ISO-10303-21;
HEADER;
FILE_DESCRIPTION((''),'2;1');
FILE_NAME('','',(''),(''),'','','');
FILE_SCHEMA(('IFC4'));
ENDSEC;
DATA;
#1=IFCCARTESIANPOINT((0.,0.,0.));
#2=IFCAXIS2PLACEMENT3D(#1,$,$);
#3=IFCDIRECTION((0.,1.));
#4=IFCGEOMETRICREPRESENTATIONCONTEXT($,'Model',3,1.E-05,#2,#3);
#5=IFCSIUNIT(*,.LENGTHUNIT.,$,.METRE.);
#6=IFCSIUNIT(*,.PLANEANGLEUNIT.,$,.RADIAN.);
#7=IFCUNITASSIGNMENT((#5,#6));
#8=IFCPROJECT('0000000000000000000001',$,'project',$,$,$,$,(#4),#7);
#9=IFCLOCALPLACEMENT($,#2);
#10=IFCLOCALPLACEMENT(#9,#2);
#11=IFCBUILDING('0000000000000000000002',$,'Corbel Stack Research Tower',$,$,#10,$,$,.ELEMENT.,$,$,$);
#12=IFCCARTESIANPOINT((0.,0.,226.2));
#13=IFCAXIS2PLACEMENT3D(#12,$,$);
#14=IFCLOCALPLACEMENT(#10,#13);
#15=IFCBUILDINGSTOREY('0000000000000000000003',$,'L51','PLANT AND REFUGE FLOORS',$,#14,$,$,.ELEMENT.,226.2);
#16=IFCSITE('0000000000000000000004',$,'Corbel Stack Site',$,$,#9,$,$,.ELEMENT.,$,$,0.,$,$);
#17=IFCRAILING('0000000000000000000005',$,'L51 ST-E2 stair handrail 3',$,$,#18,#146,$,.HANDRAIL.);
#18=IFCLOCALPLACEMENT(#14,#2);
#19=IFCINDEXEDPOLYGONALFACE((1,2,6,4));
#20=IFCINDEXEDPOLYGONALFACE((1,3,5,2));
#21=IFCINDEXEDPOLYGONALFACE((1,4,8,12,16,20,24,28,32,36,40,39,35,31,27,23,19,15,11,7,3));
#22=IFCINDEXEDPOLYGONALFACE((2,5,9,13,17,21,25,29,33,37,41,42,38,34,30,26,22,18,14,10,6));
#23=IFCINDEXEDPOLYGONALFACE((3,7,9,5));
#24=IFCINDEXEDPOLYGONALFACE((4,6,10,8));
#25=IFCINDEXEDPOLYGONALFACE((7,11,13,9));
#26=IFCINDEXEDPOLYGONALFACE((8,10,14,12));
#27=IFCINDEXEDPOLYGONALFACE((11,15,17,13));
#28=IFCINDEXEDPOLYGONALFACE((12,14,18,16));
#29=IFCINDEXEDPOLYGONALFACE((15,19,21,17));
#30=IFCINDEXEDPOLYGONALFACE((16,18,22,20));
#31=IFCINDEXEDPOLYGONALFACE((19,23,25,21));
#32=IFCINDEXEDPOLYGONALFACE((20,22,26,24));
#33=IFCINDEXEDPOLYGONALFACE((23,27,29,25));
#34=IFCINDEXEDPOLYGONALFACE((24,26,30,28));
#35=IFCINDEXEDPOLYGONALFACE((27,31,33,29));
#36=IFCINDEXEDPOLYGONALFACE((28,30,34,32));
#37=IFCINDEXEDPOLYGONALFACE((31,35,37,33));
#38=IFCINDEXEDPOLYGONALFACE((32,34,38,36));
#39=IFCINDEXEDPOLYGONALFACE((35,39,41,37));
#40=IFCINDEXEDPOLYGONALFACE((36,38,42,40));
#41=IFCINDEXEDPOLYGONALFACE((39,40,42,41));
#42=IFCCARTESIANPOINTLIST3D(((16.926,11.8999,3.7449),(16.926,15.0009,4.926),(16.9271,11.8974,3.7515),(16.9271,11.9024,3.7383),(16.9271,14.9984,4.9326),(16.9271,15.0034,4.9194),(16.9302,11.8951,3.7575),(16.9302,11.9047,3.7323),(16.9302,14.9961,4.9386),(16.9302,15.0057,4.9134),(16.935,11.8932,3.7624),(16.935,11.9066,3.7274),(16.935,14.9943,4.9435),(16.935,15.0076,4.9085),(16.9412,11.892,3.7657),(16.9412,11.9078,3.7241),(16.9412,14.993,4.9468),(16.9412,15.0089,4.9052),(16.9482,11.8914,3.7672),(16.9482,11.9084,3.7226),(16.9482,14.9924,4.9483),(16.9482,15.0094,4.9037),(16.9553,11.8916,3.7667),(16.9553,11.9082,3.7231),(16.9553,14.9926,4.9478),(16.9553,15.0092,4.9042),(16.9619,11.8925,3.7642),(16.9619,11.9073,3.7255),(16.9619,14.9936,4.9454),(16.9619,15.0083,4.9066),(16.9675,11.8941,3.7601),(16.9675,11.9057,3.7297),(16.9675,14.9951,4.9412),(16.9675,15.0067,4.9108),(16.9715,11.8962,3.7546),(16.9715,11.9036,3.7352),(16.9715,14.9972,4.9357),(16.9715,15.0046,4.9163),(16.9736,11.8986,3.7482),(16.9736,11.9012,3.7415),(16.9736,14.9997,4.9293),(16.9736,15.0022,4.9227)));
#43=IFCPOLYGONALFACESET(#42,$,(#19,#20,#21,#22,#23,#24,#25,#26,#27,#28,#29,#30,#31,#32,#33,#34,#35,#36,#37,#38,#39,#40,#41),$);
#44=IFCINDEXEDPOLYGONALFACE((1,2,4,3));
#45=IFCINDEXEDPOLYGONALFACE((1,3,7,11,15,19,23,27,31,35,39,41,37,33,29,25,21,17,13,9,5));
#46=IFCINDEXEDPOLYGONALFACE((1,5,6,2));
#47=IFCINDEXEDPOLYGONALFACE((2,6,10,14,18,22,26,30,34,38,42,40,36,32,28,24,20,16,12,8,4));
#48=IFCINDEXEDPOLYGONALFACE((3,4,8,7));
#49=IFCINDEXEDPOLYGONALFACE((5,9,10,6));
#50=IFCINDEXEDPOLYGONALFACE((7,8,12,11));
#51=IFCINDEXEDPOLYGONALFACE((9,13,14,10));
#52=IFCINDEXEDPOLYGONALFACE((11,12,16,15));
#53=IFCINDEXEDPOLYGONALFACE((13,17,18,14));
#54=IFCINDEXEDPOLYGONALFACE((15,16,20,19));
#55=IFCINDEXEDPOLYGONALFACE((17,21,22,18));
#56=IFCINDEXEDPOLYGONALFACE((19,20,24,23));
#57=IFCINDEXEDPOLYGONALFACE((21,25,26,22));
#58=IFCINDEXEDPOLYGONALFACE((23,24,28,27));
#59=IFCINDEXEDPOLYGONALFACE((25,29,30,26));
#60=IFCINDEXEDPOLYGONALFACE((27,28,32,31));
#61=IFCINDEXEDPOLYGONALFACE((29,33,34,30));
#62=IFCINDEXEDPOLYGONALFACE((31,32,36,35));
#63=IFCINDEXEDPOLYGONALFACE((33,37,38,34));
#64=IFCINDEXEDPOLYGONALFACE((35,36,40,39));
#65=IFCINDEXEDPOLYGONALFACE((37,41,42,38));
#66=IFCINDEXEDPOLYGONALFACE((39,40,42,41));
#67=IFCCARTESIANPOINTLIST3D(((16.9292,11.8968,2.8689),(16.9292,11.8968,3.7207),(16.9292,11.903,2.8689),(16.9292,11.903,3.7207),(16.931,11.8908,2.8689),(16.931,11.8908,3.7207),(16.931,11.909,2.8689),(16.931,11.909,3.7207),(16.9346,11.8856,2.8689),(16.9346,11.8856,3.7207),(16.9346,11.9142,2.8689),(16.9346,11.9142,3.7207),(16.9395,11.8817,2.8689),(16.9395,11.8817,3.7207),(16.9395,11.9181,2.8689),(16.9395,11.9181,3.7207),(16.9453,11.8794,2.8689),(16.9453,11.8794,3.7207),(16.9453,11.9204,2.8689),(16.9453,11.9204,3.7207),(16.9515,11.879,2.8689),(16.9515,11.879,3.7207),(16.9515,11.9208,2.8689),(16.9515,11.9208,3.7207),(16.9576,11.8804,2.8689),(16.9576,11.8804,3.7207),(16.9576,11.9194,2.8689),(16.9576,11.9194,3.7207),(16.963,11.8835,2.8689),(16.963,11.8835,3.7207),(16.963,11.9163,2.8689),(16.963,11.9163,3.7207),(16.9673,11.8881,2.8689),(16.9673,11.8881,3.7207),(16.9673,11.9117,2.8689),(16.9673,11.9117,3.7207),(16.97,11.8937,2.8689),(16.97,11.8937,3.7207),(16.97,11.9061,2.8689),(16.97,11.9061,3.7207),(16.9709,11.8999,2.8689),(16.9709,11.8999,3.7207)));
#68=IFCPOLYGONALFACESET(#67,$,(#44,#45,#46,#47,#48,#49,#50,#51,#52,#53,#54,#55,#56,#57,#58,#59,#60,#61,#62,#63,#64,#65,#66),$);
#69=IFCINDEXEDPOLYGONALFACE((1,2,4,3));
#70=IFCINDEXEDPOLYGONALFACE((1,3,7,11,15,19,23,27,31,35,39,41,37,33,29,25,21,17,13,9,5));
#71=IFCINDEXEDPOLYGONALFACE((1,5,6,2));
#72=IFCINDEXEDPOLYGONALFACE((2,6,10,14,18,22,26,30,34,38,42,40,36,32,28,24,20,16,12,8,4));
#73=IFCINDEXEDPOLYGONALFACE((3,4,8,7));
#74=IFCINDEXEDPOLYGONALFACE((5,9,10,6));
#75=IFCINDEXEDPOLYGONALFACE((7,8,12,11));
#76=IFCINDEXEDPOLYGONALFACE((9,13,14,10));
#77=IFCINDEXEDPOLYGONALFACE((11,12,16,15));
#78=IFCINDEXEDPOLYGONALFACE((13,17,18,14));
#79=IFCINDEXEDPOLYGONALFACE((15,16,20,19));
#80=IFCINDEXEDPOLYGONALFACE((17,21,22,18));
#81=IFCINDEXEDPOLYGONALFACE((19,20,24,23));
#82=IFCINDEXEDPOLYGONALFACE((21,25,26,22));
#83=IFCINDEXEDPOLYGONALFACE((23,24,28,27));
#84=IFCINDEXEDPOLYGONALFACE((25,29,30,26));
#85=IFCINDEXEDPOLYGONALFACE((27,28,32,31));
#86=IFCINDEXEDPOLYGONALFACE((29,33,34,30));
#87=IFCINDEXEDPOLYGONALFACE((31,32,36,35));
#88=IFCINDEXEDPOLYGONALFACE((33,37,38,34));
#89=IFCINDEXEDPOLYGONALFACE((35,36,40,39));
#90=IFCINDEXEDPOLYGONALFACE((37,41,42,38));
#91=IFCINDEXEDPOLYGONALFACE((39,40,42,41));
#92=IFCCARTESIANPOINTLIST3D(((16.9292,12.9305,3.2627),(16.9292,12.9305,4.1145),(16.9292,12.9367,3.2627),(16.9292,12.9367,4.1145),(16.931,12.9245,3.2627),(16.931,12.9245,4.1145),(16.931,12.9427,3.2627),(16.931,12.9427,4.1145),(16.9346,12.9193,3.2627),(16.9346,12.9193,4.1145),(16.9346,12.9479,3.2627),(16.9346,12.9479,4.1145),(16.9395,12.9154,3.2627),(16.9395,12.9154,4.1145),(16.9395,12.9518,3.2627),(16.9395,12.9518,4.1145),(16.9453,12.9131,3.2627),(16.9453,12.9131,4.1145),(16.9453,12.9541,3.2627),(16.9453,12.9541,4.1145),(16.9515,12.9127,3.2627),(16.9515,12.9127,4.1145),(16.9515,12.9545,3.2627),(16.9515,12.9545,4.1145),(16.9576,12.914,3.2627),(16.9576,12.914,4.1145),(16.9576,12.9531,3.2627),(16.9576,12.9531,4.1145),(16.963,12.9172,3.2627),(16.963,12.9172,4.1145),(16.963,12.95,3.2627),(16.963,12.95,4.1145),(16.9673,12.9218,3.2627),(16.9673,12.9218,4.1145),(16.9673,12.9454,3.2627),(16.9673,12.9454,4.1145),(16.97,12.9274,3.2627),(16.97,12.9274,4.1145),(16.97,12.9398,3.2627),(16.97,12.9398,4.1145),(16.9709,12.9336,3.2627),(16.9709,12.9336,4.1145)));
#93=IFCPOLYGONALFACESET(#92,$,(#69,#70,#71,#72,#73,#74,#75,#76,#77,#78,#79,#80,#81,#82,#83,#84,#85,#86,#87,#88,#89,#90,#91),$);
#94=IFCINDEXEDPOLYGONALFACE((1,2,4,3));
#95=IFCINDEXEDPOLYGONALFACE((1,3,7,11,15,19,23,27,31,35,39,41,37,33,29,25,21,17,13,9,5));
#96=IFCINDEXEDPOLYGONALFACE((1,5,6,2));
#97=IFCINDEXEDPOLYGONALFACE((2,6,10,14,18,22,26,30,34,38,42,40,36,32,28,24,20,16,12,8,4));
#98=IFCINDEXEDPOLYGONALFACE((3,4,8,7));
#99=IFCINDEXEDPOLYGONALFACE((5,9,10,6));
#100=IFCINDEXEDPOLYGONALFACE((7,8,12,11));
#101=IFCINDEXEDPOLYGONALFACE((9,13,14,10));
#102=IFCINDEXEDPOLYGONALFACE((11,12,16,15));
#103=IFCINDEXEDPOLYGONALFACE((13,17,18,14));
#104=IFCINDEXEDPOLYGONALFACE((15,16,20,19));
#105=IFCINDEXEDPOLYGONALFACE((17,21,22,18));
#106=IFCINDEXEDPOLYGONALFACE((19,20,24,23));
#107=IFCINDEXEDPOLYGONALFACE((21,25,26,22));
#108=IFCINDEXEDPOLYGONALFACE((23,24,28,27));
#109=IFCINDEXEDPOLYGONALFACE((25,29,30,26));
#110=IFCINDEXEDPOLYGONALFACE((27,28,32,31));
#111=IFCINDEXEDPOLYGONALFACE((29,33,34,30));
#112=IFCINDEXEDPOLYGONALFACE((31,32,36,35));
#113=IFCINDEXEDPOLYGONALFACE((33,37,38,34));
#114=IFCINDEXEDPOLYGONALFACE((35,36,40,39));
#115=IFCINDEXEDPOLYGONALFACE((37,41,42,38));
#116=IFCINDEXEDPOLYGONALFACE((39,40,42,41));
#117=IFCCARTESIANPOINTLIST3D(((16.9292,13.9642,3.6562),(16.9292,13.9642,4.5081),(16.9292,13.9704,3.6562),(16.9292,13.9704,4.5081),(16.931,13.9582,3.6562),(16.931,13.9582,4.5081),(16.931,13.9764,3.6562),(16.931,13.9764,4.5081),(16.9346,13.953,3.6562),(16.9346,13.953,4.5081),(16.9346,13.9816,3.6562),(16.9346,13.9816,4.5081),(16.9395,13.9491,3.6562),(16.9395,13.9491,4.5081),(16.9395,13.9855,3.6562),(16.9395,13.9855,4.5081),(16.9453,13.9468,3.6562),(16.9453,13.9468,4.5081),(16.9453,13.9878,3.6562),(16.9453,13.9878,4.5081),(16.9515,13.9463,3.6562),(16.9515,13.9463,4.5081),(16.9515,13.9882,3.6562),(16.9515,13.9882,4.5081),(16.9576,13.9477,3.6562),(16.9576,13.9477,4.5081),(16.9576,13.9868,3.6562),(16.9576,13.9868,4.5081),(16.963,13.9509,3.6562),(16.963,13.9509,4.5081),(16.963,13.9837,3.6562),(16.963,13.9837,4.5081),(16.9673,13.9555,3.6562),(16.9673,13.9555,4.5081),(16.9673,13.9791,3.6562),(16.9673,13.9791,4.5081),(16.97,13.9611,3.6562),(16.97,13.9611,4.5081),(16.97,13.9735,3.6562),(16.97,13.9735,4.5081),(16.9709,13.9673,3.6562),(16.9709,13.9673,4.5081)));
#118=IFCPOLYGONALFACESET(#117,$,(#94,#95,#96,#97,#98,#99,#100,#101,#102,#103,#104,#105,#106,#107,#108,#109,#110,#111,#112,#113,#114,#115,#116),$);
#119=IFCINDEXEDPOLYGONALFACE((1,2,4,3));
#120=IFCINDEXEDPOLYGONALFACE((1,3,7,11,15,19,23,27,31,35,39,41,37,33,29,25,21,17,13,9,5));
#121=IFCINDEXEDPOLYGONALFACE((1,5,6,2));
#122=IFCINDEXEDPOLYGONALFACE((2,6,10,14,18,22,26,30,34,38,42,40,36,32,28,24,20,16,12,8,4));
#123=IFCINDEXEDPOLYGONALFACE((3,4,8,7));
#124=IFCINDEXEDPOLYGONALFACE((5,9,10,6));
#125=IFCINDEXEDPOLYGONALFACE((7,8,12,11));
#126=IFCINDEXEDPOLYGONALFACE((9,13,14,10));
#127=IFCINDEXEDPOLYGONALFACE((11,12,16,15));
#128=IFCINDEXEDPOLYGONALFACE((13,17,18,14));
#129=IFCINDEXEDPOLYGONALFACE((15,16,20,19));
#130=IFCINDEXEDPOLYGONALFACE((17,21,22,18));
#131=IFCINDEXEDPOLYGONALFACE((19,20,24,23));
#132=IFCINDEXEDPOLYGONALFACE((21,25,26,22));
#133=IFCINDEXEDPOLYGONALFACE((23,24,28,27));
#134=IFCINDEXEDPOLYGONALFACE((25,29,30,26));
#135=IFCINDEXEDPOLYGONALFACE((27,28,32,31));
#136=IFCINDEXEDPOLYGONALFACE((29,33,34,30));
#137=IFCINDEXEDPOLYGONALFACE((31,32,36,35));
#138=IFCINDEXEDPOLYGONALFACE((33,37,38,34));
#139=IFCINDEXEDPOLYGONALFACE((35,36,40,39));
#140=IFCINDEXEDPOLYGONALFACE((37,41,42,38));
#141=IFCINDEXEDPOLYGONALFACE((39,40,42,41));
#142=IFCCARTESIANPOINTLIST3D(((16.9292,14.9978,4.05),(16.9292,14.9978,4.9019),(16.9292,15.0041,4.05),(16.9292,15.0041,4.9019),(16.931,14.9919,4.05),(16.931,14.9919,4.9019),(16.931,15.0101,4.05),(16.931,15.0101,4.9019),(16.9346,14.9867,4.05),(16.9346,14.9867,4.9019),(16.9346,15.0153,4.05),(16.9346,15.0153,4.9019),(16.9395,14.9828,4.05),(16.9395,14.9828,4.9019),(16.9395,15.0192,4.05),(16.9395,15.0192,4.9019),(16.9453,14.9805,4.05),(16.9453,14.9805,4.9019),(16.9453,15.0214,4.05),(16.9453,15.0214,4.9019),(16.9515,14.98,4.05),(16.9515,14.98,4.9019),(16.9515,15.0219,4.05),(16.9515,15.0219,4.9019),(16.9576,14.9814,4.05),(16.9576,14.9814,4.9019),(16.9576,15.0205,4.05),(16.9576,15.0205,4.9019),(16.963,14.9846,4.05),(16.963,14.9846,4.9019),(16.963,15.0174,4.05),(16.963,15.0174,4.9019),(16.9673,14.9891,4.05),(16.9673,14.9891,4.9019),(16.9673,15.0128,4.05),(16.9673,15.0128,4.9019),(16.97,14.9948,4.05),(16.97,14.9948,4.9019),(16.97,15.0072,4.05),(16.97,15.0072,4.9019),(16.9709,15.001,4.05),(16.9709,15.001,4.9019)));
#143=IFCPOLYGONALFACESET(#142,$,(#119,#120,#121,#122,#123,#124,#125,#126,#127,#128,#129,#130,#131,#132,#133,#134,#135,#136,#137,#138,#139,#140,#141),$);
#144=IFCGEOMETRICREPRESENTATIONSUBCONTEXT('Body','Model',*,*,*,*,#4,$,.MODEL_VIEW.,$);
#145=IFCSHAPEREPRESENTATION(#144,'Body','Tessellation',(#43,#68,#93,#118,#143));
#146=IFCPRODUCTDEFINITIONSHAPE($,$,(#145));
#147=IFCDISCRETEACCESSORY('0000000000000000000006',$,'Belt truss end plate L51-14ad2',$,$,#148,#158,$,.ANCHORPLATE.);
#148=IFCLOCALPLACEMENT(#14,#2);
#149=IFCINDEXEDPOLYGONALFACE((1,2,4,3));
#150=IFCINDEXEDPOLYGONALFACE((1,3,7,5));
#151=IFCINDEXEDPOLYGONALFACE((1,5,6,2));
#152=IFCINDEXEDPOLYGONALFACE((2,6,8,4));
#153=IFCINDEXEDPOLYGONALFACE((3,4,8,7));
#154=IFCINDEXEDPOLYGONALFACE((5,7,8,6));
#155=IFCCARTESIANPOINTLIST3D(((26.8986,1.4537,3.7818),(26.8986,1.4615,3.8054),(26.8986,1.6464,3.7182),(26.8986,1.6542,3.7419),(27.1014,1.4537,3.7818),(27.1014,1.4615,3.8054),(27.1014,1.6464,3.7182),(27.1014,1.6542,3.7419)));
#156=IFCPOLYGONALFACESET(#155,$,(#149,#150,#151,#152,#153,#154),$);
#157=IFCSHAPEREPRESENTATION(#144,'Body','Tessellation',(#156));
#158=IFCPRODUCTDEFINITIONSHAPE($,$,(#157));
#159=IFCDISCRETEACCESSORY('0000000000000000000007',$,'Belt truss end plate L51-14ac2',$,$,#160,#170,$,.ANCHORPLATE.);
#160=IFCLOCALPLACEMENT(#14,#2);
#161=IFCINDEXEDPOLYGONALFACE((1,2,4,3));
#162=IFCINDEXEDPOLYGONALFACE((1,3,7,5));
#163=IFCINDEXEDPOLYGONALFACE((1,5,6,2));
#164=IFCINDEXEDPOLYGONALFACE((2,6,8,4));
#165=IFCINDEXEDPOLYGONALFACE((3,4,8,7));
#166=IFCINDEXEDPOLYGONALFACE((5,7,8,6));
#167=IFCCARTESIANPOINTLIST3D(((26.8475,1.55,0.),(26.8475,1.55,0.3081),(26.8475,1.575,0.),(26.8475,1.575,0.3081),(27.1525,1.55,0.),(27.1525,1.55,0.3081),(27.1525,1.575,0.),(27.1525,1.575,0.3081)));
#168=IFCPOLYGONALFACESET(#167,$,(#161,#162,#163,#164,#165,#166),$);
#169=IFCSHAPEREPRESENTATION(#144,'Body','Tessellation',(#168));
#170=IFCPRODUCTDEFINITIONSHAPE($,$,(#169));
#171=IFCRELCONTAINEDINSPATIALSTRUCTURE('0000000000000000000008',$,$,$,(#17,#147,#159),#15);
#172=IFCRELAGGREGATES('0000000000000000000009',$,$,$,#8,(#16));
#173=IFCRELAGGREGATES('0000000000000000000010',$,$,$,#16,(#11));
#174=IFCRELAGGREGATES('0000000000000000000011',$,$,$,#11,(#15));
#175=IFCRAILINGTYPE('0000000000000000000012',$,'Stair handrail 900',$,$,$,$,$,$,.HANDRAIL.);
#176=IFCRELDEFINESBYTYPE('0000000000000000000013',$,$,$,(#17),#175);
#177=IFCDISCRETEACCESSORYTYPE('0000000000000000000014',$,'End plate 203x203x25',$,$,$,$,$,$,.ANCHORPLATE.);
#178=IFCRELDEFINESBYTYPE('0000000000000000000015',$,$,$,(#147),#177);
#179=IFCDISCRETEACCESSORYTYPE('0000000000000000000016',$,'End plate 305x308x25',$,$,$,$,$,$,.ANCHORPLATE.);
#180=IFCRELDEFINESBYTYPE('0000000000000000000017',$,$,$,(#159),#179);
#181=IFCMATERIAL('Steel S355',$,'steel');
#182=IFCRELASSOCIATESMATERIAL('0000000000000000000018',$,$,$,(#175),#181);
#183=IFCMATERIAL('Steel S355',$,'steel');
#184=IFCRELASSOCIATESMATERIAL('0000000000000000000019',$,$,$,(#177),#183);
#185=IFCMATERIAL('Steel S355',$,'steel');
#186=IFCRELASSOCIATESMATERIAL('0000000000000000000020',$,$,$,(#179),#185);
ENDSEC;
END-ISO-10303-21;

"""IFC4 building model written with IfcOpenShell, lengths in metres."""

from ifc_helpers import new_model, si_unit, direction, frame, origin, origin_2d, place, context, subcontext, project, spatial, rectangle, circle, extrude, material, material_profile, profile_set, type_object, element, save


model = new_model("IFC4")

# Units and contexts
model_context = context("Model", 3, precision=1e-05, world=origin(), true_north=direction((0.0, 1.0)))
body_context = subcontext(model_context, "Body", "Model", "MODEL_VIEW")
ifc_project = project(units=[si_unit("LENGTHUNIT", "METRE"), si_unit("PLANEANGLEUNIT", "RADIAN")], contexts=[model_context])

# Site, building, storey
site_placement = place(None, origin())
site = spatial("IfcSite", under=ifc_project, at=site_placement, Name="Corbel Stack Site", CompositionType="ELEMENT", RefElevation=0.0)
building_placement = place(site_placement, origin())
building = spatial("IfcBuilding", under=site, at=building_placement, Name="Corbel Stack Research Tower", CompositionType="ELEMENT")
storey_placement = place(building_placement, frame((0.0, 0.0, 226.2)))
storey = spatial("IfcBuildingStorey", under=building, at=storey_placement, Name="L51", Description="PLANT AND REFUGE FLOORS", CompositionType="ELEMENT", Elevation=226.2)

# Railing
ifc_material_1 = material(Name="Steel S355", Category="steel")
railing_type_1 = type_object("IfcRailingType", Name="Stair handrail 900", PredefinedType="HANDRAIL", material=ifc_material_1)
railing_1_placement = place(storey_placement, frame((16.95, 11.8999, 2.8689)))
element("IfcRailing", 1, at=railing_1_placement, inside=storey, type_object=railing_type_1, Name="L51 ST-E2 stair handrail 3", PredefinedType="HANDRAIL", context=body_context, shape_type="SweptSolid", body=[
    extrude(circle(Radius=0.0239, at=origin_2d()), frame((0.0, 0.0, 0.876), z_axis=(0.0, 0.934509, 0.35594), x_axis=(-1.0, 0.0, 0.0)), (0.0, 0.0, 1.0), 3.3184),
    extrude(circle(Radius=0.021, at=origin_2d()), origin(), (0.0, 0.0, 1.0), 0.8518),
    extrude(circle(Radius=0.021, at=origin_2d()), frame((0.0, 1.0337, 0.3938)), (0.0, 0.0, 1.0), 0.8518),
    extrude(circle(Radius=0.021, at=origin_2d()), frame((0.0, 2.0674, 0.7874)), (0.0, 0.0, 1.0), 0.8518),
    extrude(circle(Radius=0.021, at=origin_2d()), frame((0.0, 3.1011, 1.1812)), (0.0, 0.0, 1.0), 0.8518),
])

# Discrete accessories
ifc_material_2 = material(Name="Steel S355", Category="steel")
ifc_material_profile_1 = material_profile(ifc_material_2, rectangle(XDim=0.2029, YDim=0.2029, at=origin_2d()), Name="End plate 203x203x25")
ifc_profile_set_1 = profile_set([ifc_material_profile_1], Name="Steel S355")
discrete_accessory_type_1 = type_object("IfcDiscreteAccessoryType", Name="End plate 203x203x25", PredefinedType="ANCHORPLATE", material=ifc_profile_set_1)
discrete_accessory_1_placement = place(storey_placement, frame((27.0, 1.55, 3.75), z_axis=(0.0, 0.313289, 0.949658), x_axis=(-1.0, 0.0, 0.0)))
element("IfcDiscreteAccessory", 2, at=discrete_accessory_1_placement, inside=storey, type_object=discrete_accessory_type_1, Name="Belt truss end plate L51-14ad2", PredefinedType="ANCHORPLATE", context=body_context, shape_type="SweptSolid", body=[
    extrude(rectangle(XDim=0.2029, YDim=0.2029, at=origin_2d()), origin(), (0.0, 0.0, 1.0), 0.0249),
])
ifc_material_3 = material(Name="Steel S355", Category="steel")
ifc_material_profile_2 = material_profile(ifc_material_3, rectangle(XDim=0.3049, YDim=0.3081, at=origin_2d()), Name="End plate 305x308x25")
ifc_profile_set_2 = profile_set([ifc_material_profile_2], Name="Steel S355")
discrete_accessory_type_2 = type_object("IfcDiscreteAccessoryType", Name="End plate 305x308x25", PredefinedType="ANCHORPLATE", material=ifc_profile_set_2)
discrete_accessory_2_placement = place(storey_placement, frame((27.0, 1.55, 0.1541), z_axis=(0.0, 1.0, 0.0), x_axis=(-1.0, 0.0, 0.0)))
element("IfcDiscreteAccessory", 3, at=discrete_accessory_2_placement, inside=storey, type_object=discrete_accessory_type_2, Name="Belt truss end plate L51-14ac2", PredefinedType="ANCHORPLATE", context=body_context, shape_type="SweptSolid", body=[
    extrude(rectangle(XDim=0.3049, YDim=0.3081, at=origin_2d()), origin(), (0.0, 0.0, 1.0), 0.0249),
])

save(model, "model.ifc")
